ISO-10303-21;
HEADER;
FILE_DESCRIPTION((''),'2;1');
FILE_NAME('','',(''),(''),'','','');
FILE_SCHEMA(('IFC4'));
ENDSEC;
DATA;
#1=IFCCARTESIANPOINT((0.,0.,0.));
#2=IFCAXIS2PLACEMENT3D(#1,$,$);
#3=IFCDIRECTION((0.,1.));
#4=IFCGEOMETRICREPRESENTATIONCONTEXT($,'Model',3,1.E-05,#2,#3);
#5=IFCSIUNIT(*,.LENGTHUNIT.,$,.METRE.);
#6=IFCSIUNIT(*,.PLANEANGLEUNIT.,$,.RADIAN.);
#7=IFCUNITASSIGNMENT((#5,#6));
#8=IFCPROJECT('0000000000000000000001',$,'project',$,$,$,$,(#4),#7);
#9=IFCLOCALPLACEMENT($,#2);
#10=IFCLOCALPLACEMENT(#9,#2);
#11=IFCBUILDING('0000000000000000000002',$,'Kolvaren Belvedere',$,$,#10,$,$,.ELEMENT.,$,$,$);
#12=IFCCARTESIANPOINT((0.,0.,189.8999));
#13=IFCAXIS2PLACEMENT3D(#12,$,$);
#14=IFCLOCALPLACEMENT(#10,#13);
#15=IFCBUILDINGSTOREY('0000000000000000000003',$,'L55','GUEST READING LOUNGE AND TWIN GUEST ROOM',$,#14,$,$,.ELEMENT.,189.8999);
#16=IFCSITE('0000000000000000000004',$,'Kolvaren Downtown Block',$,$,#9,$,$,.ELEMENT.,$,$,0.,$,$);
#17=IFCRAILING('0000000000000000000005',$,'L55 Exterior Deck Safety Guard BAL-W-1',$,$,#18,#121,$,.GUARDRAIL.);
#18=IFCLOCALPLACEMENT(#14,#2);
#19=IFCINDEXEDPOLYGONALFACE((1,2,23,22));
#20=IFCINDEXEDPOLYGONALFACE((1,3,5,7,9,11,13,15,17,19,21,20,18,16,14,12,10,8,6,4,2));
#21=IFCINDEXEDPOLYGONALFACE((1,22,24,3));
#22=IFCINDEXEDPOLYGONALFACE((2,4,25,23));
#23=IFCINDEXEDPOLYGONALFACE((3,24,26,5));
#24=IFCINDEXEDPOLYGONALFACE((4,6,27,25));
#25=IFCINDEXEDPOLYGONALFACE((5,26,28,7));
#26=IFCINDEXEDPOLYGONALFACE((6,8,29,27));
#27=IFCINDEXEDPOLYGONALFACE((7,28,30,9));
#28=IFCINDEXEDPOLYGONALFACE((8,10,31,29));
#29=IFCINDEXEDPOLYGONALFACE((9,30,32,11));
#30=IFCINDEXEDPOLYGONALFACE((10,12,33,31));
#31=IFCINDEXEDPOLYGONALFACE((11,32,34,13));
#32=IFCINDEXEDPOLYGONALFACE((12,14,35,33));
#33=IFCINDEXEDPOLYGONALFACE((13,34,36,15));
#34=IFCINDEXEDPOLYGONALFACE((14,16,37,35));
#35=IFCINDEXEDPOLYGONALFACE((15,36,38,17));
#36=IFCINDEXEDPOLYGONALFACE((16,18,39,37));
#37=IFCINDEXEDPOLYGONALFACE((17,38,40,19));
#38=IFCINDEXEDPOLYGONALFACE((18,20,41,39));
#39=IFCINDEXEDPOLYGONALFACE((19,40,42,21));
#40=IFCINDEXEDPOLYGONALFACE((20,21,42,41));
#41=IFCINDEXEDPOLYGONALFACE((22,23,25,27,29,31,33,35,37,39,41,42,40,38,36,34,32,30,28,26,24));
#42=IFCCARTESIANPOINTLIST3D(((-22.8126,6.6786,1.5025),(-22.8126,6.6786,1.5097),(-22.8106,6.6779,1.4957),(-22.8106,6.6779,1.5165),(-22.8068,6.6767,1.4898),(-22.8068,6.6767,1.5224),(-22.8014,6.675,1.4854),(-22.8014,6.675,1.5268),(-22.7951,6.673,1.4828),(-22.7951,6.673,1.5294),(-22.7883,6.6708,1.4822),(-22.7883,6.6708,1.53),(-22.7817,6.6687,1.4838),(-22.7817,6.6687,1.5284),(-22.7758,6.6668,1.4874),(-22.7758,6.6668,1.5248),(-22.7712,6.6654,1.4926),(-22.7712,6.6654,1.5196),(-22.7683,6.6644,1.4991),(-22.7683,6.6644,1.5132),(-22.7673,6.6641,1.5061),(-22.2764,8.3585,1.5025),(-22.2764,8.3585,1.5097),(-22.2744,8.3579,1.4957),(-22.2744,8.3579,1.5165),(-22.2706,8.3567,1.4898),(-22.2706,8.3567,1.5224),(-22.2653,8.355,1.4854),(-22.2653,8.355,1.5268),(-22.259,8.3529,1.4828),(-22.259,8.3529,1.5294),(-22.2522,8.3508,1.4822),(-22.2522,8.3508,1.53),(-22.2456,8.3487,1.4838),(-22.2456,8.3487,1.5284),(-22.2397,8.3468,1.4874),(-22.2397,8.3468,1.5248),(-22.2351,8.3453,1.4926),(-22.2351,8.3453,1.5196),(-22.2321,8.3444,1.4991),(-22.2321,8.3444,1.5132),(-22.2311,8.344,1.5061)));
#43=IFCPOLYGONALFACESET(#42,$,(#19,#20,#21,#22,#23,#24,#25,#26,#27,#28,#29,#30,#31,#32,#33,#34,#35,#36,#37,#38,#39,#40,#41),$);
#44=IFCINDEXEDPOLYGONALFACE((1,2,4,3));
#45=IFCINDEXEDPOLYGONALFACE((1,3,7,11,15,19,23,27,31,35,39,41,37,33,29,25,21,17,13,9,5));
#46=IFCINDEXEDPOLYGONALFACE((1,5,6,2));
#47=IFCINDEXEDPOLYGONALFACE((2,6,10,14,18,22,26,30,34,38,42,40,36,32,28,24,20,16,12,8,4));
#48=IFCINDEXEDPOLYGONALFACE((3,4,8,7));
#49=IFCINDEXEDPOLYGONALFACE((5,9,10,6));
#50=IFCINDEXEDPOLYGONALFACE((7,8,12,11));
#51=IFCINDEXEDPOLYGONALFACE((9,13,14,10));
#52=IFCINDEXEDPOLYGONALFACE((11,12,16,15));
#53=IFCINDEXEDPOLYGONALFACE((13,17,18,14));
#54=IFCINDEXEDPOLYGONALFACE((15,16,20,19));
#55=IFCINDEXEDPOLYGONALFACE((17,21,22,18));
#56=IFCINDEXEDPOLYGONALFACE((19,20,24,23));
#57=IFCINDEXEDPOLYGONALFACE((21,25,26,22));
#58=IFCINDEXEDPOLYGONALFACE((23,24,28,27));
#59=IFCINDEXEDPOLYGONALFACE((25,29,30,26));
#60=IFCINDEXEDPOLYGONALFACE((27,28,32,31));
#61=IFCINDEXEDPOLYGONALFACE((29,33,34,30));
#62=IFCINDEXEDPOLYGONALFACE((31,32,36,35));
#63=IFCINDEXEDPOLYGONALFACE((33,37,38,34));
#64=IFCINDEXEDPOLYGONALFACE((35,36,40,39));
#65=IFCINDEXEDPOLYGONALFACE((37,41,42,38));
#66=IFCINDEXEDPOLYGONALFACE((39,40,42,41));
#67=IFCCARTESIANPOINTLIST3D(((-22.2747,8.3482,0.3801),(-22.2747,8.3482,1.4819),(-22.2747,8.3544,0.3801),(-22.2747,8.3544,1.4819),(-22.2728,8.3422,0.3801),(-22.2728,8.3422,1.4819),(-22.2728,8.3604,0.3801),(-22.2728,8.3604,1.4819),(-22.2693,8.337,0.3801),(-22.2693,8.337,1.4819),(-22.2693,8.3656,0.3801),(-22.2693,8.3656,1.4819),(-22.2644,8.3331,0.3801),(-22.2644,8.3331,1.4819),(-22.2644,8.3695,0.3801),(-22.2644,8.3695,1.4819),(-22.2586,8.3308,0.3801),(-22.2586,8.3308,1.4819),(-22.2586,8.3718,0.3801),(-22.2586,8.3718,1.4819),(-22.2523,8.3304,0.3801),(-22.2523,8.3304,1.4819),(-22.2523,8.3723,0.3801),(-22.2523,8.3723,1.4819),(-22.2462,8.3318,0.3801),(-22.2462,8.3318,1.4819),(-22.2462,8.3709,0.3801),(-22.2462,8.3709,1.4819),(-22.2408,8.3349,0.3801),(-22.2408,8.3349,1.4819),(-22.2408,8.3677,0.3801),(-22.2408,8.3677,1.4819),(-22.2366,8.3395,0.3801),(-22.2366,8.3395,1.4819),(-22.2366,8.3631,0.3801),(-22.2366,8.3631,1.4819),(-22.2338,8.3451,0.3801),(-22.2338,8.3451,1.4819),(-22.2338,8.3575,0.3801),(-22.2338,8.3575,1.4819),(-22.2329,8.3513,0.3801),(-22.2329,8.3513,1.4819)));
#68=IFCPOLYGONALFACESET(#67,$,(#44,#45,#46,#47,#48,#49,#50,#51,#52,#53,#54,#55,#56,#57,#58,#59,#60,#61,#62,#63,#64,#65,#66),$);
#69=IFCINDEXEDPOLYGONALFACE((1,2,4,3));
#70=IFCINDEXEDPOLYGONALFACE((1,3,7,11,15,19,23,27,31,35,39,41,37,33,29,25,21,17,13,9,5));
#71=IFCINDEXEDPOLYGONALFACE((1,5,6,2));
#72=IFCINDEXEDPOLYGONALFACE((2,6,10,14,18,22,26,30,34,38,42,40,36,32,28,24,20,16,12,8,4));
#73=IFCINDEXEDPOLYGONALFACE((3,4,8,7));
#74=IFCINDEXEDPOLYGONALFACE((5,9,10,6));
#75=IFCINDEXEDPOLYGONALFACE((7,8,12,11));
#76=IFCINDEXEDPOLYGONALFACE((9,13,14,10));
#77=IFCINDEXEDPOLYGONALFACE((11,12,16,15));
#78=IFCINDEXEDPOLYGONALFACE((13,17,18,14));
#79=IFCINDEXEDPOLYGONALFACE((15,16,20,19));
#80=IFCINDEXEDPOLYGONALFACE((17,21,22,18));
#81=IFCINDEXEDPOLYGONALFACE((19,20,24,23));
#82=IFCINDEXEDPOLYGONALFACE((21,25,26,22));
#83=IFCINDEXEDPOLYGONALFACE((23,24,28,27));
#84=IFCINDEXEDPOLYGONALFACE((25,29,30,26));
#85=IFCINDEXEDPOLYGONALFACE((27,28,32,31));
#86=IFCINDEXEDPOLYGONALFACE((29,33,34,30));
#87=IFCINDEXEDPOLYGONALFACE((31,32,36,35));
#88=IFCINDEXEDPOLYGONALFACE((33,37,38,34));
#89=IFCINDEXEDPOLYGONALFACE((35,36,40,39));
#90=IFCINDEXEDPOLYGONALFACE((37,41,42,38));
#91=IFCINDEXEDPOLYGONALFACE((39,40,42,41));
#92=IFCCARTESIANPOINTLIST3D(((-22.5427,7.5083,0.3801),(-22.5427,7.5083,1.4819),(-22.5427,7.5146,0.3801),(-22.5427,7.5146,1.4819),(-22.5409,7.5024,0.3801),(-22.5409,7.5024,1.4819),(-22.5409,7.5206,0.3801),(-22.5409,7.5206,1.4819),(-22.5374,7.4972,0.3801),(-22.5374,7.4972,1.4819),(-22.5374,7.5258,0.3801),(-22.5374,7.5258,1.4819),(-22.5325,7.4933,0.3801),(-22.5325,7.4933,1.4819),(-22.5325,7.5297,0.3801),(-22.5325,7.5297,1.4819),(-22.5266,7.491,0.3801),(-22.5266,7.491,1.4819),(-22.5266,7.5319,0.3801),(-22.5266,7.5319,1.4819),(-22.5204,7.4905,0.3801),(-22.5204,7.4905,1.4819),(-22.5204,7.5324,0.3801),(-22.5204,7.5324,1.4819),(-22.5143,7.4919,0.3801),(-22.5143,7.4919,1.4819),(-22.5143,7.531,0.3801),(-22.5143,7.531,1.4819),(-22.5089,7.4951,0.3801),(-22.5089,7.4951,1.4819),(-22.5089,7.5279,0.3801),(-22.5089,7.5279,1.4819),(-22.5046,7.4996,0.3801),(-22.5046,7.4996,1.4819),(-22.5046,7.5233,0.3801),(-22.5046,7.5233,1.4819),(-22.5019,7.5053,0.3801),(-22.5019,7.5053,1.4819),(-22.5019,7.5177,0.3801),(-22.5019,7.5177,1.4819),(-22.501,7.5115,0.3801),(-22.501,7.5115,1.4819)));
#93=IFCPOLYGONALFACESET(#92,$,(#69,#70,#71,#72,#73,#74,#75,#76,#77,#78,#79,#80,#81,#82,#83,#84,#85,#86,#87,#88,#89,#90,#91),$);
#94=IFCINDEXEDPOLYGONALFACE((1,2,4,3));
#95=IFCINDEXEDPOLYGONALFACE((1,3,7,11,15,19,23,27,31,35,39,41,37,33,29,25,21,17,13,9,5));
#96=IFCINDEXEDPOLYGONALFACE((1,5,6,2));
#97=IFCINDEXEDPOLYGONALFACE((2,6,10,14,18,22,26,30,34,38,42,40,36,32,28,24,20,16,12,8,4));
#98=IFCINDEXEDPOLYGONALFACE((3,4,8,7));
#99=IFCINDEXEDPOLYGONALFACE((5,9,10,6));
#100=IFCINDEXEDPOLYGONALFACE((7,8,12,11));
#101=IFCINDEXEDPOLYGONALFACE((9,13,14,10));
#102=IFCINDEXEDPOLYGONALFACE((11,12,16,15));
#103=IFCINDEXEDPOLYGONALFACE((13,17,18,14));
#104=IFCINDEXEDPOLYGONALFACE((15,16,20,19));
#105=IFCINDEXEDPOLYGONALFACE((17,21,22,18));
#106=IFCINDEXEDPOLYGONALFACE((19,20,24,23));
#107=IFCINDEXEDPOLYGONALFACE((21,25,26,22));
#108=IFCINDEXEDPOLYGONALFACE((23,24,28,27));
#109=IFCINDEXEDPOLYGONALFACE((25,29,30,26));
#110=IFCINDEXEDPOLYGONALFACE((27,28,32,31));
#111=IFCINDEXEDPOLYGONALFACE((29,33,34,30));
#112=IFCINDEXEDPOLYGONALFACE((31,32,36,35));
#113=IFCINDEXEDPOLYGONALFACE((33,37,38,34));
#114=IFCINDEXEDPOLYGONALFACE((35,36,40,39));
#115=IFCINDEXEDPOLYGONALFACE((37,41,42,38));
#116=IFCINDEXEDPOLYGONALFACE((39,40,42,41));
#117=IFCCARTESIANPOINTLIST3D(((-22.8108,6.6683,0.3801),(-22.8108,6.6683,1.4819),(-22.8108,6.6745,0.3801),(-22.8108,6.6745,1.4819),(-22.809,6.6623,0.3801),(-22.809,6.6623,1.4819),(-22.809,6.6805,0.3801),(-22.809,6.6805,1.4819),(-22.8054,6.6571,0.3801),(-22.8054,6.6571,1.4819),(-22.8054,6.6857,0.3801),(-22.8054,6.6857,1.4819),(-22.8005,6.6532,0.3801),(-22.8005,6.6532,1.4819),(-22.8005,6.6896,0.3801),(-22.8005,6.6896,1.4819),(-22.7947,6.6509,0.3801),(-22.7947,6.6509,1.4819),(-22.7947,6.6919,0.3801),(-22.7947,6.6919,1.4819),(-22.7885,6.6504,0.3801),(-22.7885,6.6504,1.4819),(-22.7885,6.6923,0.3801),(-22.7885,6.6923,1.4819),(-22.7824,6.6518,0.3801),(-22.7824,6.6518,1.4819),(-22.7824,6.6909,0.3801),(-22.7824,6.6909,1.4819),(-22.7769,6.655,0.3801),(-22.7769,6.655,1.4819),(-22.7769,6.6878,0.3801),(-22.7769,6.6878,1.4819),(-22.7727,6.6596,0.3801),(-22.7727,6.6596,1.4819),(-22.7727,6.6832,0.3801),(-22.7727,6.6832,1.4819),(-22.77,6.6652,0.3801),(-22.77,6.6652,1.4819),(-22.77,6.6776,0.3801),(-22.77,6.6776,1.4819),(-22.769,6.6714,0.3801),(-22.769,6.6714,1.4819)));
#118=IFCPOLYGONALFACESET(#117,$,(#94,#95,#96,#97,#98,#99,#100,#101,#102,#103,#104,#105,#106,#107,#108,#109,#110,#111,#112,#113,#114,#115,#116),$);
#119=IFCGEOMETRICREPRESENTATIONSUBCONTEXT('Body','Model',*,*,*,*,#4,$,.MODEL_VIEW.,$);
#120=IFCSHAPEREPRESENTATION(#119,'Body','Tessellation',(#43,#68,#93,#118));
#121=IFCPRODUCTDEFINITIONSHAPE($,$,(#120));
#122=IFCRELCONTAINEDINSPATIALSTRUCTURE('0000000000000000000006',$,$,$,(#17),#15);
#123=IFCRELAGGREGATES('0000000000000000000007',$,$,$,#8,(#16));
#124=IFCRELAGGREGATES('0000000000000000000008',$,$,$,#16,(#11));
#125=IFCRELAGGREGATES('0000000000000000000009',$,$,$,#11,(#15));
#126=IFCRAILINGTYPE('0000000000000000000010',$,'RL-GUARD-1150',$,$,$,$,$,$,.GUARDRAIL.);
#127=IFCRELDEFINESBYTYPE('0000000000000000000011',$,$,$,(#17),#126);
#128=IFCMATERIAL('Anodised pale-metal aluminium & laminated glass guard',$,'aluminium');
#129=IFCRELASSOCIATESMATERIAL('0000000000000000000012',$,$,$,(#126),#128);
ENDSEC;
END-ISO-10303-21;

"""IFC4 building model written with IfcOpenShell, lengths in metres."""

from ifc_helpers import new_model, si_unit, direction, frame, origin, origin_2d, place, context, subcontext, project, spatial, circle, extrude, material, type_object, element, save


model = new_model("IFC4")

# Units and contexts
model_context = context("Model", 3, precision=1e-05, world=origin(), true_north=direction((0.0, 1.0)))
body_context = subcontext(model_context, "Body", "Model", "MODEL_VIEW")
ifc_project = project(units=[si_unit("LENGTHUNIT", "METRE"), si_unit("PLANEANGLEUNIT", "RADIAN")], contexts=[model_context])

# Site, building, storey
site_placement = place(None, origin())
site = spatial("IfcSite", under=ifc_project, at=site_placement, Name="Kolvaren Downtown Block", CompositionType="ELEMENT", RefElevation=0.0)
building_placement = place(site_placement, origin())
building = spatial("IfcBuilding", under=site, at=building_placement, Name="Kolvaren Belvedere", CompositionType="ELEMENT")
storey_placement = place(building_placement, frame((0.0, 0.0, 189.8999)))
storey = spatial("IfcBuildingStorey", under=building, at=storey_placement, Name="L55", Description="GUEST READING LOUNGE AND TWIN GUEST ROOM", CompositionType="ELEMENT", Elevation=189.8999)

# Railing
ifc_material_1 = material(Name="Anodised pale-metal aluminium & laminated glass guard", Category="aluminium")
railing_type = type_object("IfcRailingType", Name="RL-GUARD-1150", PredefinedType="GUARDRAIL", material=ifc_material_1)
railing_1_placement = place(storey_placement, frame((-22.2539, 8.3513, 0.3801)))
element("IfcRailing", 1, at=railing_1_placement, inside=storey, type_object=railing_type, Name="L55 Exterior Deck Safety Guard BAL-W-1", PredefinedType="GUARDRAIL", context=body_context, shape_type="SweptSolid", body=[
    extrude(circle(Radius=0.0239, at=origin_2d()), frame((0.0, 0.0, 1.126), z_axis=(-0.304032, -0.952662, 0.0), x_axis=(0.952662, -0.304032, 0.0)), (0.0, 0.0, 1.0), 1.7634),
    extrude(circle(Radius=0.021, at=origin_2d()), origin(), (0.0, 0.0, 1.0), 1.1018),
    extrude(circle(Radius=0.021, at=origin_2d()), frame((-0.2681, -0.8398, 0.0)), (0.0, 0.0, 1.0), 1.1018),
    extrude(circle(Radius=0.021, at=origin_2d()), frame((-0.5361, -1.6799, 0.0)), (0.0, 0.0, 1.0), 1.1018),
])

save(model, "model.ifc")
